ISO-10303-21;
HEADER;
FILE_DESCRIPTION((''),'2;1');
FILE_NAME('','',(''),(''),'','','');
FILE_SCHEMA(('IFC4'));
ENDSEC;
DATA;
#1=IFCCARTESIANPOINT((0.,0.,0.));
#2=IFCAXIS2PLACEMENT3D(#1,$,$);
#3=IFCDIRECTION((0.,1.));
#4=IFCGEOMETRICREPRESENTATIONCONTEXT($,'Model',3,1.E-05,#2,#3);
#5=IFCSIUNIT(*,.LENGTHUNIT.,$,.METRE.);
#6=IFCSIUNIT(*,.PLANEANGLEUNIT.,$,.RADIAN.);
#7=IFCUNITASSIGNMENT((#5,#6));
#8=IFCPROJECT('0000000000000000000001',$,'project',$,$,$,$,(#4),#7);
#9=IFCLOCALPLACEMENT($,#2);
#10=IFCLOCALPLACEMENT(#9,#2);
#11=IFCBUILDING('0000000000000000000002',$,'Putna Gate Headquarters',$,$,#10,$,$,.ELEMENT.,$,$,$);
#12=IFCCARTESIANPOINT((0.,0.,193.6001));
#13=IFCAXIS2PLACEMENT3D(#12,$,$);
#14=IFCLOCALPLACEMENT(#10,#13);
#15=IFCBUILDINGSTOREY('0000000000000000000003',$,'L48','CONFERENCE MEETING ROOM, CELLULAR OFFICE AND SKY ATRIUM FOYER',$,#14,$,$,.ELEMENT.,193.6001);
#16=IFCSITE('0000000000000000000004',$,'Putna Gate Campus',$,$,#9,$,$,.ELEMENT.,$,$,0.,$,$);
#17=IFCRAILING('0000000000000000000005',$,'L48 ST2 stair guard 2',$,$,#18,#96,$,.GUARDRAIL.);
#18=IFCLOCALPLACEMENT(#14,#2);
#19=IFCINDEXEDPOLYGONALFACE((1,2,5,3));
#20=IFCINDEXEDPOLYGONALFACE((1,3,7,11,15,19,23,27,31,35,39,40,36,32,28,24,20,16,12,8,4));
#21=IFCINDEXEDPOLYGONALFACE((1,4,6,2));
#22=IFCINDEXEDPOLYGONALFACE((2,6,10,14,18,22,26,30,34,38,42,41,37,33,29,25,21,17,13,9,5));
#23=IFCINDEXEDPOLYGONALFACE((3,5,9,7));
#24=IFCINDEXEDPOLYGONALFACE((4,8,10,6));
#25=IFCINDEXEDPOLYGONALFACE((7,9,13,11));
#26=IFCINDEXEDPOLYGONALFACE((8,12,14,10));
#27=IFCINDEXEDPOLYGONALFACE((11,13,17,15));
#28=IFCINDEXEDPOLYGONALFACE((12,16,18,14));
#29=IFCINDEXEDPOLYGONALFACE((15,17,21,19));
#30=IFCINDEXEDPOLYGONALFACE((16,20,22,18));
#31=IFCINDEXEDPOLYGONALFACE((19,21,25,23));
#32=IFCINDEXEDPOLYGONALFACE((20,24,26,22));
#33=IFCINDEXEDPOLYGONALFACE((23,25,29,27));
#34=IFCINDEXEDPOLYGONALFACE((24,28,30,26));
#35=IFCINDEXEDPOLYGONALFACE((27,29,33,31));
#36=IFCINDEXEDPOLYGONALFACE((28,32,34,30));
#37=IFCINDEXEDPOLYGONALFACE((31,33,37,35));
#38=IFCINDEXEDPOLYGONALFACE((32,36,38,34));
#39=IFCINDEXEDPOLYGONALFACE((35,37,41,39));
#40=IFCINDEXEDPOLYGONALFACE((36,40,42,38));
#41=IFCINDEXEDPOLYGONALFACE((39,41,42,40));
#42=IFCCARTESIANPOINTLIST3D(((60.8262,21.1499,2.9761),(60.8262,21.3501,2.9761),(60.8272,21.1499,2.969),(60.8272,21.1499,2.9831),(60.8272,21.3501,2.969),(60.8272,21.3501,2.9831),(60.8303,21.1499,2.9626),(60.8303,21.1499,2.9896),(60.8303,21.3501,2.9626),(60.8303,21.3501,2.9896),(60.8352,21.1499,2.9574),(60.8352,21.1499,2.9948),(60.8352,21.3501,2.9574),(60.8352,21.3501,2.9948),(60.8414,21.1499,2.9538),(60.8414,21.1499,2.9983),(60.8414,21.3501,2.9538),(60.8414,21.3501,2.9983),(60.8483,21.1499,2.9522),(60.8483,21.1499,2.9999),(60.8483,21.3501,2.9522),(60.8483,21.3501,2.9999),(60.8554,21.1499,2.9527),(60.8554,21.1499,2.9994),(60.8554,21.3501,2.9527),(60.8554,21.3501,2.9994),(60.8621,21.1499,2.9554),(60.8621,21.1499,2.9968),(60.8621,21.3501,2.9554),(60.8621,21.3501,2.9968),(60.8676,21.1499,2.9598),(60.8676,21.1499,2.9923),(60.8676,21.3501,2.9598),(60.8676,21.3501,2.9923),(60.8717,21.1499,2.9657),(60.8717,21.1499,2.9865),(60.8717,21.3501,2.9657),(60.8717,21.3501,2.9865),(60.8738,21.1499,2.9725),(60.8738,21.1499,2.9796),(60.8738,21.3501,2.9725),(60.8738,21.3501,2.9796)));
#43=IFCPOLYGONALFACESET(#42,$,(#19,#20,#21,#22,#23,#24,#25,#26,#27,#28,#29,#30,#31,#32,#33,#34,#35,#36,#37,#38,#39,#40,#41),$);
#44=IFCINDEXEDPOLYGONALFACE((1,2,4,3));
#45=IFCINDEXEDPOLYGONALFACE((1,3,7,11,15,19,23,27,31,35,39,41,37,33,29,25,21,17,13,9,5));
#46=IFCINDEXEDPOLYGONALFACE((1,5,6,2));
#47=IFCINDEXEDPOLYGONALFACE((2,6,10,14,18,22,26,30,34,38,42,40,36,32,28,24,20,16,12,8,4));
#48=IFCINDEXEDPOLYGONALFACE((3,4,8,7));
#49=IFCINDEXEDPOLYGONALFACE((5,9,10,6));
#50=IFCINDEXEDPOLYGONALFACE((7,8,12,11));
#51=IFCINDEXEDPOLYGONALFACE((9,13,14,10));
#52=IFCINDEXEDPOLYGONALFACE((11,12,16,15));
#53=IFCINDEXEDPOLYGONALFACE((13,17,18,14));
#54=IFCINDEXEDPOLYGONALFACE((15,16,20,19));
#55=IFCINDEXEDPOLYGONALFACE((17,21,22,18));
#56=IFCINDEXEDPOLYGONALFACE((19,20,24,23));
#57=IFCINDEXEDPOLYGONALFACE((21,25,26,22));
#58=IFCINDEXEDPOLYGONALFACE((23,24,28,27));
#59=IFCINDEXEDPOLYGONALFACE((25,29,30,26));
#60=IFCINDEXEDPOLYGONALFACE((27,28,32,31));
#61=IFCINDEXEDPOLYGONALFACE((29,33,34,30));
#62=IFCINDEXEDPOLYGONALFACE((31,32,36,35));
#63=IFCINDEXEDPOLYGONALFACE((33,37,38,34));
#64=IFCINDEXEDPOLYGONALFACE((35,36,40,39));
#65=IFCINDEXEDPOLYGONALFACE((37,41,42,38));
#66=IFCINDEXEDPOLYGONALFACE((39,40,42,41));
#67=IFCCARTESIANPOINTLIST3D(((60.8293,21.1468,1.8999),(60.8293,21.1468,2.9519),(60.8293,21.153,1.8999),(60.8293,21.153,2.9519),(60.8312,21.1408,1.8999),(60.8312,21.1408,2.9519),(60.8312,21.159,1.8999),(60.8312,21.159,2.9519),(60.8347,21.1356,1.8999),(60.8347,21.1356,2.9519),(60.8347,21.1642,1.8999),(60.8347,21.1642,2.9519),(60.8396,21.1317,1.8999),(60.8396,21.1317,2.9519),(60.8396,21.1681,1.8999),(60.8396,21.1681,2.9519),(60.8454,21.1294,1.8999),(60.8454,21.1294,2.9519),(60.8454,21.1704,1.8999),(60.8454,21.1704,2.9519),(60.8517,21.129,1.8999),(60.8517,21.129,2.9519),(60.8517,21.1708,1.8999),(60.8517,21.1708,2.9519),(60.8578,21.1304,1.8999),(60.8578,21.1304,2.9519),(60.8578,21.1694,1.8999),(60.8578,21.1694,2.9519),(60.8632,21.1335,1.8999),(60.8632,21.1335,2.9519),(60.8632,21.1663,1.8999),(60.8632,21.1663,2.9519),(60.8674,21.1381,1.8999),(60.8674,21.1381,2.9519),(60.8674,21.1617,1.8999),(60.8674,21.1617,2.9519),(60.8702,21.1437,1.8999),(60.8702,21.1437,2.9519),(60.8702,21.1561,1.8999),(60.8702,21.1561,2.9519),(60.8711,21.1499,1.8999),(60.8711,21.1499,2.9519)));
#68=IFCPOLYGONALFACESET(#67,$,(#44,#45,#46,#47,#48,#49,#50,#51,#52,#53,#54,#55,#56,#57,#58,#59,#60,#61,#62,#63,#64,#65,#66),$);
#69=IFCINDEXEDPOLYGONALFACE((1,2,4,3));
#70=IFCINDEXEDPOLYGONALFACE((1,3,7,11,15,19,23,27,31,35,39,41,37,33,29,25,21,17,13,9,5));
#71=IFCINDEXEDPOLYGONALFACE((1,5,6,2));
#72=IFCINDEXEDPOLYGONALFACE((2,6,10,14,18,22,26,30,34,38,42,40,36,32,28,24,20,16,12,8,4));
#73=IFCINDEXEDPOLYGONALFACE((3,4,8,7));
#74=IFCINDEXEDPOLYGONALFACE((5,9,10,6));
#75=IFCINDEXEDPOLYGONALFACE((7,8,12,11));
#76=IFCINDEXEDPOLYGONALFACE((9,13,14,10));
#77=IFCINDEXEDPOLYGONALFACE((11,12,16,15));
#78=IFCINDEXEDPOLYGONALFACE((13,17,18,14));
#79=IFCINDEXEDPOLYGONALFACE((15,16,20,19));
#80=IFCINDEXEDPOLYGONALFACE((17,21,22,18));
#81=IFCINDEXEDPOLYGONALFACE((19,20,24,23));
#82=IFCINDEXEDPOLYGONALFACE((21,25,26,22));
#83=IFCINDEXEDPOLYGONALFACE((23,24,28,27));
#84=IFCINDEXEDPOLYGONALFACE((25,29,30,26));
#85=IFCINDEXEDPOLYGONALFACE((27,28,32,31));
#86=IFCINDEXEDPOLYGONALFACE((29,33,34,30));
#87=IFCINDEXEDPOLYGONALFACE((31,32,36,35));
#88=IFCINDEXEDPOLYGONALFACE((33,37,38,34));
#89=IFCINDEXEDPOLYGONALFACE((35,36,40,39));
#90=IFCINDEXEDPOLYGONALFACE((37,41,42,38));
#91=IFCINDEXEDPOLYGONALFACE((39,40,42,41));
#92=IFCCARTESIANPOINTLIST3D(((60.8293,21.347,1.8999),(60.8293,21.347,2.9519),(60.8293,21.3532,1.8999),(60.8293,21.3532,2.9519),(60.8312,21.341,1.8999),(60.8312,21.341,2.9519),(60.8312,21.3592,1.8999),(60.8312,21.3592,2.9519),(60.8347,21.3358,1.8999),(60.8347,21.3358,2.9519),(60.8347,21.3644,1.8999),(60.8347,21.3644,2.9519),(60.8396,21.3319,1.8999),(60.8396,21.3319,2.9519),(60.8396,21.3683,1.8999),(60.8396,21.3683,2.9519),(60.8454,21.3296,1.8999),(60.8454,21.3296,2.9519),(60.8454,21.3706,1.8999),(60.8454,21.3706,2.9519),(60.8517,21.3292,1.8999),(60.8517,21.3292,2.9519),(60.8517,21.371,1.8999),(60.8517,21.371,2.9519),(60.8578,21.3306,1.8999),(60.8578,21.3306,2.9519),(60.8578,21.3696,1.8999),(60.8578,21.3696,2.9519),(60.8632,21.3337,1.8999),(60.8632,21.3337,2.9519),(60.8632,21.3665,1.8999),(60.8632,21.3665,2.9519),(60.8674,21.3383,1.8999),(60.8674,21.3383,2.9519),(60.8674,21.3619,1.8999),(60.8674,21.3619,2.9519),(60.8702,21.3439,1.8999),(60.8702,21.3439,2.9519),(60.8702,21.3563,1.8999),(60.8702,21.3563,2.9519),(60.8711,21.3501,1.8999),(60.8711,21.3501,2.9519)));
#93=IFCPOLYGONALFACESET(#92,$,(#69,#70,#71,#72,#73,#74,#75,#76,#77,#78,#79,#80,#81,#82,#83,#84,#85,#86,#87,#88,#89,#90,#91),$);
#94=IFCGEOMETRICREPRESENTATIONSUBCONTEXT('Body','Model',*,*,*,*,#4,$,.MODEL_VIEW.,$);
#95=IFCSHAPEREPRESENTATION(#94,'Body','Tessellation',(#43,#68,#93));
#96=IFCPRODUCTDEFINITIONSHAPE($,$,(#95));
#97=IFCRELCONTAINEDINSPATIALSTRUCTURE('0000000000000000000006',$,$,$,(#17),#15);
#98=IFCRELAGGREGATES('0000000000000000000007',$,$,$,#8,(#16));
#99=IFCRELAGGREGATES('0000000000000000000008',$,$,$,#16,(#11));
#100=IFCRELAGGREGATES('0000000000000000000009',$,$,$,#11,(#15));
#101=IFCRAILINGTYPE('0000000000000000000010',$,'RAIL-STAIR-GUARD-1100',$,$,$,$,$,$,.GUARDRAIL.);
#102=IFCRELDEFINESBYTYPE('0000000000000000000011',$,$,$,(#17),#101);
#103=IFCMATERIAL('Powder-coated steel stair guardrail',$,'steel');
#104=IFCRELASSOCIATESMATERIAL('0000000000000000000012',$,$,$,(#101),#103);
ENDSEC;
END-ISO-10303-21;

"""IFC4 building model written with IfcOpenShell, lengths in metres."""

from ifc_helpers import new_model, si_unit, direction, frame, origin, origin_2d, place, context, subcontext, project, spatial, circle, extrude, material, type_object, element, save


model = new_model("IFC4")

# Units and contexts
model_context = context("Model", 3, precision=1e-05, world=origin(), true_north=direction((0.0, 1.0)))
body_context = subcontext(model_context, "Body", "Model", "MODEL_VIEW")
ifc_project = project(units=[si_unit("LENGTHUNIT", "METRE"), si_unit("PLANEANGLEUNIT", "RADIAN")], contexts=[model_context])

# Site, building, storey
site_placement = place(None, origin())
site = spatial("IfcSite", under=ifc_project, at=site_placement, Name="Putna Gate Campus", CompositionType="ELEMENT", RefElevation=0.0)
building_placement = place(site_placement, origin())
building = spatial("IfcBuilding", under=site, at=building_placement, Name="Putna Gate Headquarters", CompositionType="ELEMENT")
storey_placement = place(building_placement, frame((0.0, 0.0, 193.6001)))
storey = spatial("IfcBuildingStorey", under=building, at=storey_placement, Name="L48", Description="CONFERENCE MEETING ROOM, CELLULAR OFFICE AND SKY ATRIUM FOYER", CompositionType="ELEMENT", Elevation=193.6001)

# Railing
ifc_material_1 = material(Name="Powder-coated steel stair guardrail", Category="steel")
railing_type_1 = type_object("IfcRailingType", Name="RAIL-STAIR-GUARD-1100", PredefinedType="GUARDRAIL", material=ifc_material_1)
railing_1_placement = place(storey_placement, frame((60.8501, 21.1499, 1.8999)))
element("IfcRailing", 1, at=railing_1_placement, inside=storey, type_object=railing_type_1, Name="L48 ST2 stair guard 2", PredefinedType="GUARDRAIL", context=body_context, shape_type="SweptSolid", body=[
    extrude(circle(Radius=0.0239, at=origin_2d()), frame((0.0, 0.0, 1.0762), z_axis=(0.0, 1.0, 0.0), x_axis=(-1.0, 0.0, 0.0)), (0.0, 0.0, 1.0), 0.2002),
    extrude(circle(Radius=0.021, at=origin_2d()), origin(), (0.0, 0.0, 1.0), 1.052),
    extrude(circle(Radius=0.021, at=origin_2d()), frame((0.0, 0.2002, 0.0)), (0.0, 0.0, 1.0), 1.052),
])

save(model, "model.ifc")
